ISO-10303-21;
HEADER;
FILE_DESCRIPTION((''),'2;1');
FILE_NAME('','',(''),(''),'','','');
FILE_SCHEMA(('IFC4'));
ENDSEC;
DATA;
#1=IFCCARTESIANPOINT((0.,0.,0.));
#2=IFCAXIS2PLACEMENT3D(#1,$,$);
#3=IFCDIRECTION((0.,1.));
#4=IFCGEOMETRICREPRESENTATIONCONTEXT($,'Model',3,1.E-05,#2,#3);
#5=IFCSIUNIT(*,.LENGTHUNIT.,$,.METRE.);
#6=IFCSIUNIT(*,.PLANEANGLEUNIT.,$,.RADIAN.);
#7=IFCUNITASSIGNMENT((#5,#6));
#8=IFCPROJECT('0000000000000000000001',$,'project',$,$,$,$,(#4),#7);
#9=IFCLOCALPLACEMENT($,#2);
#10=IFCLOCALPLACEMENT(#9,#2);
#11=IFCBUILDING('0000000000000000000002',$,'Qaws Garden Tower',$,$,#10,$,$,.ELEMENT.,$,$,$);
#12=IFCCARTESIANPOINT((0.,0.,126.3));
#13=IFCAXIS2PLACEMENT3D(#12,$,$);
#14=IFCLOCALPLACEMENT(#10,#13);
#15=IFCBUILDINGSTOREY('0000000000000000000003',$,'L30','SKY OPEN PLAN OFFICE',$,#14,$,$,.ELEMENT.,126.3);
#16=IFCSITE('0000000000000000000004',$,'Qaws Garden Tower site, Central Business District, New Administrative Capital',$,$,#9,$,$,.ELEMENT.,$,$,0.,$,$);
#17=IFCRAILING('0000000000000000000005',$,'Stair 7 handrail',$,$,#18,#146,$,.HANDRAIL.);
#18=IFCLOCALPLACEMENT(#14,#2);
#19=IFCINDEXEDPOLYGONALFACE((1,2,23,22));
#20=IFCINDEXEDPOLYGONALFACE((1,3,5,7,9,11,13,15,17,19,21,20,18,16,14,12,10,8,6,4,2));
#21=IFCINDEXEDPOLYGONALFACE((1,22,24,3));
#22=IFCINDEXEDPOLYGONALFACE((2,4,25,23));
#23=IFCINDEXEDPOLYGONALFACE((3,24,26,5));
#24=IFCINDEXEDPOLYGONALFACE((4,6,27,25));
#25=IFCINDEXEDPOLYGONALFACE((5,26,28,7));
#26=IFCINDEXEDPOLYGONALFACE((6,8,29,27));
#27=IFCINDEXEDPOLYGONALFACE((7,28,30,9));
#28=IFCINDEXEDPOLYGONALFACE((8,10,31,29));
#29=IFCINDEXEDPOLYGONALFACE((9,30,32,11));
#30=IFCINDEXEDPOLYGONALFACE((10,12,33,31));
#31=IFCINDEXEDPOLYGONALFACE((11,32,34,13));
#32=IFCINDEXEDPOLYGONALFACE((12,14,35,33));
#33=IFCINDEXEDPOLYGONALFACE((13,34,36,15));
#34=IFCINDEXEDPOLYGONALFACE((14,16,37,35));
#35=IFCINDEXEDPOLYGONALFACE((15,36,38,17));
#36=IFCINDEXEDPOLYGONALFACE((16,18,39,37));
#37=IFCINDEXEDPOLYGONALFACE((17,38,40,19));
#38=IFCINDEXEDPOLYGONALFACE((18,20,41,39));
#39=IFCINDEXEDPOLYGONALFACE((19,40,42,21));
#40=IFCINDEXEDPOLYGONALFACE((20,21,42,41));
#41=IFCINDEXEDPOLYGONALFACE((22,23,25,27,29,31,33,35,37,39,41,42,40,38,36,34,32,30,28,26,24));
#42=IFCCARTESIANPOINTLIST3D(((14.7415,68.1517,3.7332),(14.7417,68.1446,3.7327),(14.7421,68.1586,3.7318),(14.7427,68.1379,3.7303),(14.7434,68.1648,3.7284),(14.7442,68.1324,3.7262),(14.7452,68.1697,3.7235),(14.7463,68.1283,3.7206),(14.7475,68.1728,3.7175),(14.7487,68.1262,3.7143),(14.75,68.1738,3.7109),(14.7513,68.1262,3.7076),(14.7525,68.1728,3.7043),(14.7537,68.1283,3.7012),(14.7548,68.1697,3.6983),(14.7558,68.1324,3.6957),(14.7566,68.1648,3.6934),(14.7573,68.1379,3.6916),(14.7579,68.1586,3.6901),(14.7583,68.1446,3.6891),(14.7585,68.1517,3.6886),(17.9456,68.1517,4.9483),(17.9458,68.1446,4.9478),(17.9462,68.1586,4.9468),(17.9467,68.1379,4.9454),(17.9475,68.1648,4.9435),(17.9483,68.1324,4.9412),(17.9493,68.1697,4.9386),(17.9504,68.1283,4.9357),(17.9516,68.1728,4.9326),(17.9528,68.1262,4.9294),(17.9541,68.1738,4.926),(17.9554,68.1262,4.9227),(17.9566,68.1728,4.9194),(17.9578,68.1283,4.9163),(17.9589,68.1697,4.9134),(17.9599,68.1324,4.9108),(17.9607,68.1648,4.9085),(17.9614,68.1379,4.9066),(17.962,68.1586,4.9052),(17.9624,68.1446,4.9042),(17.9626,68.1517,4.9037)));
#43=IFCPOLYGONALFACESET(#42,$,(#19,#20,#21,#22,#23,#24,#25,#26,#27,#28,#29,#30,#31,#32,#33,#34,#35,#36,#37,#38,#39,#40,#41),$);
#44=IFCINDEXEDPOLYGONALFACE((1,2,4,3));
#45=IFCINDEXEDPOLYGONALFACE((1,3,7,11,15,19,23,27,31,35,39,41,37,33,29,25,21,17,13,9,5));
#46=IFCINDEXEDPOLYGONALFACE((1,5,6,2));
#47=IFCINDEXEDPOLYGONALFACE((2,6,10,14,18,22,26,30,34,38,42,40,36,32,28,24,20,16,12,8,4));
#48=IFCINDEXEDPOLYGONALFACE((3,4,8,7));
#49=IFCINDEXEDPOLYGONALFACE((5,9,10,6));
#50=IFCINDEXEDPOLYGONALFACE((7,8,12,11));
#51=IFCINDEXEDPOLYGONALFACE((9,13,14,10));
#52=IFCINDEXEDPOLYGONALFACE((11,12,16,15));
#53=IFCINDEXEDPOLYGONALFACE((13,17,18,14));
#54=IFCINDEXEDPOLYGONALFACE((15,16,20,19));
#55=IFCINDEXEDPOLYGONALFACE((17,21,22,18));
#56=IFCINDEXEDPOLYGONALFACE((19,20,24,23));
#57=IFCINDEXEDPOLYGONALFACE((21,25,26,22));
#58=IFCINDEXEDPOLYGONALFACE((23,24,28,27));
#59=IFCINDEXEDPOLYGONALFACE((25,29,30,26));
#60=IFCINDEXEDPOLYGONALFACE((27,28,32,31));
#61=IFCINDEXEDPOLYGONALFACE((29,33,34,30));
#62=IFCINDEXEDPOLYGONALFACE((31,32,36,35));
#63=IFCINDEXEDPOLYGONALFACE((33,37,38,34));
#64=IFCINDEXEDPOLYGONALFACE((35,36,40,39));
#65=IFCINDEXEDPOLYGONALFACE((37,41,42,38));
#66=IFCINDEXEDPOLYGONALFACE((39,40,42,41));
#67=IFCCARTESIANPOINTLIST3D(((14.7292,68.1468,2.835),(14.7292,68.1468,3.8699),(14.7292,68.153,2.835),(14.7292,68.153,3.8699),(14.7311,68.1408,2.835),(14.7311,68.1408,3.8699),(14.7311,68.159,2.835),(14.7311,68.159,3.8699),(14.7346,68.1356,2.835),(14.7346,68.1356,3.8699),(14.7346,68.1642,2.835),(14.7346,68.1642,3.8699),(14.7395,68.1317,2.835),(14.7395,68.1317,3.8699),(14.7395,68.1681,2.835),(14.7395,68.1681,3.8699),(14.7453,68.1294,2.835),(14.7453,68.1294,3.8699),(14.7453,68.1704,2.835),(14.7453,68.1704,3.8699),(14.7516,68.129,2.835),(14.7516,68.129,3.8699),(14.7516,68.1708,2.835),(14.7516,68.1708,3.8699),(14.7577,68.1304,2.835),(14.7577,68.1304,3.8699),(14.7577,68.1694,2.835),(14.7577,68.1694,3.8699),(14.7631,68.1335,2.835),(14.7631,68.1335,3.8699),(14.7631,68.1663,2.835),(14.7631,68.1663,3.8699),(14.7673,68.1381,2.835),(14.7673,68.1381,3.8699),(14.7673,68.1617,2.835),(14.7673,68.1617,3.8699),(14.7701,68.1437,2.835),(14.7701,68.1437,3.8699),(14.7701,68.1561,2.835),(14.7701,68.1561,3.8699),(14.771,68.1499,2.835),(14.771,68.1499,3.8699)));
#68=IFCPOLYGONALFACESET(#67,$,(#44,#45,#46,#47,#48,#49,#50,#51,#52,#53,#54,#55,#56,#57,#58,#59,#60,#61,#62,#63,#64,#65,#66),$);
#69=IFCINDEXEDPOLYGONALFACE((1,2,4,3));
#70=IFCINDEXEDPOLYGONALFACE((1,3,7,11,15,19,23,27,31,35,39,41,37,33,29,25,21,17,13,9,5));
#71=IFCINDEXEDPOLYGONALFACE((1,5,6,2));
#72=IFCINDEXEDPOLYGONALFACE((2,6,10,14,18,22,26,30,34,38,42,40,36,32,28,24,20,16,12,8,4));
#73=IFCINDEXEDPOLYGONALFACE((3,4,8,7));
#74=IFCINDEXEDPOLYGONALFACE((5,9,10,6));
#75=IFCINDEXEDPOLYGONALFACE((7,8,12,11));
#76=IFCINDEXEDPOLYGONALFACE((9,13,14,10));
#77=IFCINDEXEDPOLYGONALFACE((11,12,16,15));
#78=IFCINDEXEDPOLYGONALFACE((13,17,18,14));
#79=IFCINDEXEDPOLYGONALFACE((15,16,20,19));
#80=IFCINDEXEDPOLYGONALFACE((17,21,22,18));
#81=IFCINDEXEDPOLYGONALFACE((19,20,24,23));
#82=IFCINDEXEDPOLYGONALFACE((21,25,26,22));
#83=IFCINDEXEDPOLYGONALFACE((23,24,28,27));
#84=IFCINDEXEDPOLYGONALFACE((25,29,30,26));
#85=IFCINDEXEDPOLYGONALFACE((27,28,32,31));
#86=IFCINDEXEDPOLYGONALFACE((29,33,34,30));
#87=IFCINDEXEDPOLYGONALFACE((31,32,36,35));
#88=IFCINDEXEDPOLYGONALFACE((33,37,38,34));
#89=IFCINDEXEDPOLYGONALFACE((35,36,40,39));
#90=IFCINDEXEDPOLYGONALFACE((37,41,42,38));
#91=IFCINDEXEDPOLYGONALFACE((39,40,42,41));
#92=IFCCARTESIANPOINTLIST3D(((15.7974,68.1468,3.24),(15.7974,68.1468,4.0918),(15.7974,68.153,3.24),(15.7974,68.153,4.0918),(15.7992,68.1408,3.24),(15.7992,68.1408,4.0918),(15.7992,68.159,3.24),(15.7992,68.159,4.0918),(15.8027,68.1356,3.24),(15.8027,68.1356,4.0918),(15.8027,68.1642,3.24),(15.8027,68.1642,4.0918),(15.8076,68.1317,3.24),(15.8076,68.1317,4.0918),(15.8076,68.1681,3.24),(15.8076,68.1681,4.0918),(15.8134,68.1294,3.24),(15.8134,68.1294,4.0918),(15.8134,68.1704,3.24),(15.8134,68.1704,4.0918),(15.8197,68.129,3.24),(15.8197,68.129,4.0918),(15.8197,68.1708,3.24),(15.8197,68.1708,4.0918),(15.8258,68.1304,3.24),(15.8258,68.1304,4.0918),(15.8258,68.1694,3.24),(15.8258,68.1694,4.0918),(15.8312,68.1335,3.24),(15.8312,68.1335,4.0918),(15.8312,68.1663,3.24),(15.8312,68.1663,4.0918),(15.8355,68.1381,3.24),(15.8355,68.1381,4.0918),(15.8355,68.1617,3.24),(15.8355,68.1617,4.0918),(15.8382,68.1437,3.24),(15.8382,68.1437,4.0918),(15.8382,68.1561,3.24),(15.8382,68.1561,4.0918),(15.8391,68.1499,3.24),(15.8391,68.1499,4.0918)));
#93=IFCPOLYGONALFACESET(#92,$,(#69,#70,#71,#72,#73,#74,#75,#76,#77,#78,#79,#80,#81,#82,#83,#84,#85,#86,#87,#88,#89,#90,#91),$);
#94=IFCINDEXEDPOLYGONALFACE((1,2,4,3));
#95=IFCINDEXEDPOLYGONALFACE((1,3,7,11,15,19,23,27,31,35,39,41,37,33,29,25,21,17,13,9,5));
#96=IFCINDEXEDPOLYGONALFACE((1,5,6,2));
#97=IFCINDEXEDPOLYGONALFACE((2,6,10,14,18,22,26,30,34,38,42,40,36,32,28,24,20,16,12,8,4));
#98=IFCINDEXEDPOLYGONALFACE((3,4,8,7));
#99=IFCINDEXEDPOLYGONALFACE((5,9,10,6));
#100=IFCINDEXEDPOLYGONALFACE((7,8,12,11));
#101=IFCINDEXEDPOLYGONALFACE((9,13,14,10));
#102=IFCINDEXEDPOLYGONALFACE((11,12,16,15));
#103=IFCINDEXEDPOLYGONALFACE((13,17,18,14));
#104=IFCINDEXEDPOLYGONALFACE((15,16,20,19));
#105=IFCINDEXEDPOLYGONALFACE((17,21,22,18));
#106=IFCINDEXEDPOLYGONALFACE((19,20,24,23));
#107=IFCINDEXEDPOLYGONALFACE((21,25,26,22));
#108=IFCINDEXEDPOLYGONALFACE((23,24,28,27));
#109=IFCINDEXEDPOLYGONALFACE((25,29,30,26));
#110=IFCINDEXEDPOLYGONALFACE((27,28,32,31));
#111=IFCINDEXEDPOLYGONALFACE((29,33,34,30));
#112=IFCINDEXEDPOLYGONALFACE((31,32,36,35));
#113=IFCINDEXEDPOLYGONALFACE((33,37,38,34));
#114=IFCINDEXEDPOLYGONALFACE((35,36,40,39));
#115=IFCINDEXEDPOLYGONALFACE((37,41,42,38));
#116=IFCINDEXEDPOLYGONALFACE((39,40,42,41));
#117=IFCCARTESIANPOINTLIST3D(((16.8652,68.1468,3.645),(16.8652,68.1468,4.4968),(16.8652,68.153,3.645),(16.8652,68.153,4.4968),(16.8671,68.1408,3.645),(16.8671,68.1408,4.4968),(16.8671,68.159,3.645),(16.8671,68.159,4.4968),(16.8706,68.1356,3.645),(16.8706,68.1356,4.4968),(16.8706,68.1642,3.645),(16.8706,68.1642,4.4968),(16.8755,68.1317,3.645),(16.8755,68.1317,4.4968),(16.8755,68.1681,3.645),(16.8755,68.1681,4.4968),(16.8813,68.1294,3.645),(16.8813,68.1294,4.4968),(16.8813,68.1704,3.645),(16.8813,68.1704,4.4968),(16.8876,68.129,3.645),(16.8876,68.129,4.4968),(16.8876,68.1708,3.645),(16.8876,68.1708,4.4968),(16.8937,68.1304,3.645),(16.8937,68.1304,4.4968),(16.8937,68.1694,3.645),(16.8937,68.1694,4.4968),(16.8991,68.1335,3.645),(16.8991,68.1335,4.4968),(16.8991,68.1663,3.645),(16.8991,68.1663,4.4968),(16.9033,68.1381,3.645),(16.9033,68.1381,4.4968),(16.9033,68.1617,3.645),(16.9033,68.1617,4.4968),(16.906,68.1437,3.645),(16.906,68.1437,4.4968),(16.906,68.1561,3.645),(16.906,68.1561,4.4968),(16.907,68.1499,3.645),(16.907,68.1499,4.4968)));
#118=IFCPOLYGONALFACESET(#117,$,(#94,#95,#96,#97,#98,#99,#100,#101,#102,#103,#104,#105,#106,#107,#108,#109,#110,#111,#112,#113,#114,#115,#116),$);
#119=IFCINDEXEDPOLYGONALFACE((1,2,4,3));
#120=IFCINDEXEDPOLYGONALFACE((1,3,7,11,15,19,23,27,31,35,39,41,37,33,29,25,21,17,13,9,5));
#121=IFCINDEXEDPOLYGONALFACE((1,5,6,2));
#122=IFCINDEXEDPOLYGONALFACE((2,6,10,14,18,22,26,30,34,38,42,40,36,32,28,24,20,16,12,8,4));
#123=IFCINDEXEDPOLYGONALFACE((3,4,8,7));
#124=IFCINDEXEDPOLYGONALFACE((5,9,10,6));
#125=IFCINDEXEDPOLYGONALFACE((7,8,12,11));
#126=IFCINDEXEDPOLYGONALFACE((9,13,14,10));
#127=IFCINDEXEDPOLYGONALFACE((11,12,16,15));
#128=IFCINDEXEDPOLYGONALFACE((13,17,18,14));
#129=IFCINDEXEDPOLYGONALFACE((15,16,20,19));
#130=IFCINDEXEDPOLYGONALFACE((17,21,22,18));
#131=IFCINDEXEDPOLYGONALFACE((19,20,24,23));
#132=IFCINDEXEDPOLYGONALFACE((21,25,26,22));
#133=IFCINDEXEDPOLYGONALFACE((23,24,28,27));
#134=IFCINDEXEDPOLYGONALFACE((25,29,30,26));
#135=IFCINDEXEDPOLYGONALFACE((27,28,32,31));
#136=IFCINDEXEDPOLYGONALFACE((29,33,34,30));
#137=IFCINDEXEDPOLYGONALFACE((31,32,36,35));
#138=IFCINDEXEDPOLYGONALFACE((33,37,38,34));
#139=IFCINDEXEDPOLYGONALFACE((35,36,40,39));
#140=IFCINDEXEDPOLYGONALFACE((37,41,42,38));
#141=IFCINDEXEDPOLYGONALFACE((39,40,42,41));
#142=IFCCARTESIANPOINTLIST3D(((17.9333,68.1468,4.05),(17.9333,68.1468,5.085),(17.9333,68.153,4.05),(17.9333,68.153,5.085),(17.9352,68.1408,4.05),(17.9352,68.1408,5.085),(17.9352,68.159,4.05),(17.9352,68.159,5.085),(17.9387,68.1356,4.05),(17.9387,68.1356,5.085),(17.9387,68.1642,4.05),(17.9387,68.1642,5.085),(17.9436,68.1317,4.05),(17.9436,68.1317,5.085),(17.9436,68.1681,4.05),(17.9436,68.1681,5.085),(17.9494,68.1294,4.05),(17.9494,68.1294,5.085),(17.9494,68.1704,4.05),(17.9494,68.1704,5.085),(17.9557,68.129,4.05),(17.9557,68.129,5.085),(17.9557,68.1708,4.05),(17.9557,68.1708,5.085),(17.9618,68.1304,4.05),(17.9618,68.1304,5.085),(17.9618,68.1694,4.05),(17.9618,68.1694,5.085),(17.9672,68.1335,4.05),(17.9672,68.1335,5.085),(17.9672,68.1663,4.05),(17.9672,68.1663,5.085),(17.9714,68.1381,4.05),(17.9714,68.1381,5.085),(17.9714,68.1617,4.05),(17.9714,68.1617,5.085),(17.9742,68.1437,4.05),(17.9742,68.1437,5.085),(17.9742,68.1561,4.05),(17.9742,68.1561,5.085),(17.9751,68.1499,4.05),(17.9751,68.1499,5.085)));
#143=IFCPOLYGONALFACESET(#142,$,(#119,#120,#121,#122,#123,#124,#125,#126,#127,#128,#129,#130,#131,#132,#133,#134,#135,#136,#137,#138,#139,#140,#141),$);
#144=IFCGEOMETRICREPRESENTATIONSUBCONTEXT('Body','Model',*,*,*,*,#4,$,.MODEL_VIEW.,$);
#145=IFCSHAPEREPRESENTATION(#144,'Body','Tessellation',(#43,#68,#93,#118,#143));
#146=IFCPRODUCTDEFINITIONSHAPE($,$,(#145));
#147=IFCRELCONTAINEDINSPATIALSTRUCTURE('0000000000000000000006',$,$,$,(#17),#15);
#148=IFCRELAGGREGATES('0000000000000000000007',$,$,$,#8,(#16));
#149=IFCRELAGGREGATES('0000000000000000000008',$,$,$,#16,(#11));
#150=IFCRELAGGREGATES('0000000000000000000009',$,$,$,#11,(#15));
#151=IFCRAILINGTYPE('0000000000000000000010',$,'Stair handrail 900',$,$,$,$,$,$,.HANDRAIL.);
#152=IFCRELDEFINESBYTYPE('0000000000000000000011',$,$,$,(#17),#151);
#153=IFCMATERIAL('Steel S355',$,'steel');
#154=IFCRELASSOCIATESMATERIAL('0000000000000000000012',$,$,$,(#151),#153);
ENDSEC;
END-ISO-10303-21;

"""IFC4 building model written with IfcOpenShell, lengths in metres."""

from ifc_helpers import new_model, si_unit, direction, frame, origin, origin_2d, place, context, subcontext, project, spatial, circle, extrude, material, type_object, element, save


model = new_model("IFC4")

# Units and contexts
model_context = context("Model", 3, precision=1e-05, world=origin(), true_north=direction((0.0, 1.0)))
body_context = subcontext(model_context, "Body", "Model", "MODEL_VIEW")
ifc_project = project(units=[si_unit("LENGTHUNIT", "METRE"), si_unit("PLANEANGLEUNIT", "RADIAN")], contexts=[model_context])

# Site, building, storey
site_placement = place(None, origin())
site = spatial("IfcSite", under=ifc_project, at=site_placement, Name="Qaws Garden Tower site, Central Business District, New Administrative Capital", CompositionType="ELEMENT", RefElevation=0.0)
building_placement = place(site_placement, origin())
building = spatial("IfcBuilding", under=site, at=building_placement, Name="Qaws Garden Tower", CompositionType="ELEMENT")
storey_placement = place(building_placement, frame((0.0, 0.0, 126.3)))
storey = spatial("IfcBuildingStorey", under=building, at=storey_placement, Name="L30", Description="SKY OPEN PLAN OFFICE", CompositionType="ELEMENT", Elevation=126.3)

# Railing
ifc_material_1 = material(Name="Steel S355", Category="steel")
railing_type = type_object("IfcRailingType", Name="Stair handrail 900", PredefinedType="HANDRAIL", material=ifc_material_1)
railing_1_placement = place(storey_placement, frame((14.75, 68.1499, 2.835)))
element("IfcRailing", 1, at=railing_1_placement, inside=storey, type_object=railing_type, Name="Stair 7 handrail", PredefinedType="HANDRAIL", context=body_context, shape_type="SweptSolid", body=[
    extrude(circle(Radius=0.0239, at=origin_2d()), frame((0.0, 0.0, 0.876), z_axis=(0.935023, 0.0, 0.354588), x_axis=(0.0, 1.0, 0.0)), (0.0, 0.0, 1.0), 3.4268),
    extrude(circle(Radius=0.021, at=origin_2d()), origin(), (0.0, 0.0, 1.0), 1.0349),
    extrude(circle(Radius=0.021, at=origin_2d()), frame((1.0681, 0.0, 0.405)), (0.0, 0.0, 1.0), 0.8518),
    extrude(circle(Radius=0.021, at=origin_2d()), frame((2.136, 0.0, 0.8101)), (0.0, 0.0, 1.0), 0.8518),
    extrude(circle(Radius=0.021, at=origin_2d()), frame((3.2041, 0.0, 1.2151)), (0.0, 0.0, 1.0), 1.0349),
])

save(model, "model.ifc")
